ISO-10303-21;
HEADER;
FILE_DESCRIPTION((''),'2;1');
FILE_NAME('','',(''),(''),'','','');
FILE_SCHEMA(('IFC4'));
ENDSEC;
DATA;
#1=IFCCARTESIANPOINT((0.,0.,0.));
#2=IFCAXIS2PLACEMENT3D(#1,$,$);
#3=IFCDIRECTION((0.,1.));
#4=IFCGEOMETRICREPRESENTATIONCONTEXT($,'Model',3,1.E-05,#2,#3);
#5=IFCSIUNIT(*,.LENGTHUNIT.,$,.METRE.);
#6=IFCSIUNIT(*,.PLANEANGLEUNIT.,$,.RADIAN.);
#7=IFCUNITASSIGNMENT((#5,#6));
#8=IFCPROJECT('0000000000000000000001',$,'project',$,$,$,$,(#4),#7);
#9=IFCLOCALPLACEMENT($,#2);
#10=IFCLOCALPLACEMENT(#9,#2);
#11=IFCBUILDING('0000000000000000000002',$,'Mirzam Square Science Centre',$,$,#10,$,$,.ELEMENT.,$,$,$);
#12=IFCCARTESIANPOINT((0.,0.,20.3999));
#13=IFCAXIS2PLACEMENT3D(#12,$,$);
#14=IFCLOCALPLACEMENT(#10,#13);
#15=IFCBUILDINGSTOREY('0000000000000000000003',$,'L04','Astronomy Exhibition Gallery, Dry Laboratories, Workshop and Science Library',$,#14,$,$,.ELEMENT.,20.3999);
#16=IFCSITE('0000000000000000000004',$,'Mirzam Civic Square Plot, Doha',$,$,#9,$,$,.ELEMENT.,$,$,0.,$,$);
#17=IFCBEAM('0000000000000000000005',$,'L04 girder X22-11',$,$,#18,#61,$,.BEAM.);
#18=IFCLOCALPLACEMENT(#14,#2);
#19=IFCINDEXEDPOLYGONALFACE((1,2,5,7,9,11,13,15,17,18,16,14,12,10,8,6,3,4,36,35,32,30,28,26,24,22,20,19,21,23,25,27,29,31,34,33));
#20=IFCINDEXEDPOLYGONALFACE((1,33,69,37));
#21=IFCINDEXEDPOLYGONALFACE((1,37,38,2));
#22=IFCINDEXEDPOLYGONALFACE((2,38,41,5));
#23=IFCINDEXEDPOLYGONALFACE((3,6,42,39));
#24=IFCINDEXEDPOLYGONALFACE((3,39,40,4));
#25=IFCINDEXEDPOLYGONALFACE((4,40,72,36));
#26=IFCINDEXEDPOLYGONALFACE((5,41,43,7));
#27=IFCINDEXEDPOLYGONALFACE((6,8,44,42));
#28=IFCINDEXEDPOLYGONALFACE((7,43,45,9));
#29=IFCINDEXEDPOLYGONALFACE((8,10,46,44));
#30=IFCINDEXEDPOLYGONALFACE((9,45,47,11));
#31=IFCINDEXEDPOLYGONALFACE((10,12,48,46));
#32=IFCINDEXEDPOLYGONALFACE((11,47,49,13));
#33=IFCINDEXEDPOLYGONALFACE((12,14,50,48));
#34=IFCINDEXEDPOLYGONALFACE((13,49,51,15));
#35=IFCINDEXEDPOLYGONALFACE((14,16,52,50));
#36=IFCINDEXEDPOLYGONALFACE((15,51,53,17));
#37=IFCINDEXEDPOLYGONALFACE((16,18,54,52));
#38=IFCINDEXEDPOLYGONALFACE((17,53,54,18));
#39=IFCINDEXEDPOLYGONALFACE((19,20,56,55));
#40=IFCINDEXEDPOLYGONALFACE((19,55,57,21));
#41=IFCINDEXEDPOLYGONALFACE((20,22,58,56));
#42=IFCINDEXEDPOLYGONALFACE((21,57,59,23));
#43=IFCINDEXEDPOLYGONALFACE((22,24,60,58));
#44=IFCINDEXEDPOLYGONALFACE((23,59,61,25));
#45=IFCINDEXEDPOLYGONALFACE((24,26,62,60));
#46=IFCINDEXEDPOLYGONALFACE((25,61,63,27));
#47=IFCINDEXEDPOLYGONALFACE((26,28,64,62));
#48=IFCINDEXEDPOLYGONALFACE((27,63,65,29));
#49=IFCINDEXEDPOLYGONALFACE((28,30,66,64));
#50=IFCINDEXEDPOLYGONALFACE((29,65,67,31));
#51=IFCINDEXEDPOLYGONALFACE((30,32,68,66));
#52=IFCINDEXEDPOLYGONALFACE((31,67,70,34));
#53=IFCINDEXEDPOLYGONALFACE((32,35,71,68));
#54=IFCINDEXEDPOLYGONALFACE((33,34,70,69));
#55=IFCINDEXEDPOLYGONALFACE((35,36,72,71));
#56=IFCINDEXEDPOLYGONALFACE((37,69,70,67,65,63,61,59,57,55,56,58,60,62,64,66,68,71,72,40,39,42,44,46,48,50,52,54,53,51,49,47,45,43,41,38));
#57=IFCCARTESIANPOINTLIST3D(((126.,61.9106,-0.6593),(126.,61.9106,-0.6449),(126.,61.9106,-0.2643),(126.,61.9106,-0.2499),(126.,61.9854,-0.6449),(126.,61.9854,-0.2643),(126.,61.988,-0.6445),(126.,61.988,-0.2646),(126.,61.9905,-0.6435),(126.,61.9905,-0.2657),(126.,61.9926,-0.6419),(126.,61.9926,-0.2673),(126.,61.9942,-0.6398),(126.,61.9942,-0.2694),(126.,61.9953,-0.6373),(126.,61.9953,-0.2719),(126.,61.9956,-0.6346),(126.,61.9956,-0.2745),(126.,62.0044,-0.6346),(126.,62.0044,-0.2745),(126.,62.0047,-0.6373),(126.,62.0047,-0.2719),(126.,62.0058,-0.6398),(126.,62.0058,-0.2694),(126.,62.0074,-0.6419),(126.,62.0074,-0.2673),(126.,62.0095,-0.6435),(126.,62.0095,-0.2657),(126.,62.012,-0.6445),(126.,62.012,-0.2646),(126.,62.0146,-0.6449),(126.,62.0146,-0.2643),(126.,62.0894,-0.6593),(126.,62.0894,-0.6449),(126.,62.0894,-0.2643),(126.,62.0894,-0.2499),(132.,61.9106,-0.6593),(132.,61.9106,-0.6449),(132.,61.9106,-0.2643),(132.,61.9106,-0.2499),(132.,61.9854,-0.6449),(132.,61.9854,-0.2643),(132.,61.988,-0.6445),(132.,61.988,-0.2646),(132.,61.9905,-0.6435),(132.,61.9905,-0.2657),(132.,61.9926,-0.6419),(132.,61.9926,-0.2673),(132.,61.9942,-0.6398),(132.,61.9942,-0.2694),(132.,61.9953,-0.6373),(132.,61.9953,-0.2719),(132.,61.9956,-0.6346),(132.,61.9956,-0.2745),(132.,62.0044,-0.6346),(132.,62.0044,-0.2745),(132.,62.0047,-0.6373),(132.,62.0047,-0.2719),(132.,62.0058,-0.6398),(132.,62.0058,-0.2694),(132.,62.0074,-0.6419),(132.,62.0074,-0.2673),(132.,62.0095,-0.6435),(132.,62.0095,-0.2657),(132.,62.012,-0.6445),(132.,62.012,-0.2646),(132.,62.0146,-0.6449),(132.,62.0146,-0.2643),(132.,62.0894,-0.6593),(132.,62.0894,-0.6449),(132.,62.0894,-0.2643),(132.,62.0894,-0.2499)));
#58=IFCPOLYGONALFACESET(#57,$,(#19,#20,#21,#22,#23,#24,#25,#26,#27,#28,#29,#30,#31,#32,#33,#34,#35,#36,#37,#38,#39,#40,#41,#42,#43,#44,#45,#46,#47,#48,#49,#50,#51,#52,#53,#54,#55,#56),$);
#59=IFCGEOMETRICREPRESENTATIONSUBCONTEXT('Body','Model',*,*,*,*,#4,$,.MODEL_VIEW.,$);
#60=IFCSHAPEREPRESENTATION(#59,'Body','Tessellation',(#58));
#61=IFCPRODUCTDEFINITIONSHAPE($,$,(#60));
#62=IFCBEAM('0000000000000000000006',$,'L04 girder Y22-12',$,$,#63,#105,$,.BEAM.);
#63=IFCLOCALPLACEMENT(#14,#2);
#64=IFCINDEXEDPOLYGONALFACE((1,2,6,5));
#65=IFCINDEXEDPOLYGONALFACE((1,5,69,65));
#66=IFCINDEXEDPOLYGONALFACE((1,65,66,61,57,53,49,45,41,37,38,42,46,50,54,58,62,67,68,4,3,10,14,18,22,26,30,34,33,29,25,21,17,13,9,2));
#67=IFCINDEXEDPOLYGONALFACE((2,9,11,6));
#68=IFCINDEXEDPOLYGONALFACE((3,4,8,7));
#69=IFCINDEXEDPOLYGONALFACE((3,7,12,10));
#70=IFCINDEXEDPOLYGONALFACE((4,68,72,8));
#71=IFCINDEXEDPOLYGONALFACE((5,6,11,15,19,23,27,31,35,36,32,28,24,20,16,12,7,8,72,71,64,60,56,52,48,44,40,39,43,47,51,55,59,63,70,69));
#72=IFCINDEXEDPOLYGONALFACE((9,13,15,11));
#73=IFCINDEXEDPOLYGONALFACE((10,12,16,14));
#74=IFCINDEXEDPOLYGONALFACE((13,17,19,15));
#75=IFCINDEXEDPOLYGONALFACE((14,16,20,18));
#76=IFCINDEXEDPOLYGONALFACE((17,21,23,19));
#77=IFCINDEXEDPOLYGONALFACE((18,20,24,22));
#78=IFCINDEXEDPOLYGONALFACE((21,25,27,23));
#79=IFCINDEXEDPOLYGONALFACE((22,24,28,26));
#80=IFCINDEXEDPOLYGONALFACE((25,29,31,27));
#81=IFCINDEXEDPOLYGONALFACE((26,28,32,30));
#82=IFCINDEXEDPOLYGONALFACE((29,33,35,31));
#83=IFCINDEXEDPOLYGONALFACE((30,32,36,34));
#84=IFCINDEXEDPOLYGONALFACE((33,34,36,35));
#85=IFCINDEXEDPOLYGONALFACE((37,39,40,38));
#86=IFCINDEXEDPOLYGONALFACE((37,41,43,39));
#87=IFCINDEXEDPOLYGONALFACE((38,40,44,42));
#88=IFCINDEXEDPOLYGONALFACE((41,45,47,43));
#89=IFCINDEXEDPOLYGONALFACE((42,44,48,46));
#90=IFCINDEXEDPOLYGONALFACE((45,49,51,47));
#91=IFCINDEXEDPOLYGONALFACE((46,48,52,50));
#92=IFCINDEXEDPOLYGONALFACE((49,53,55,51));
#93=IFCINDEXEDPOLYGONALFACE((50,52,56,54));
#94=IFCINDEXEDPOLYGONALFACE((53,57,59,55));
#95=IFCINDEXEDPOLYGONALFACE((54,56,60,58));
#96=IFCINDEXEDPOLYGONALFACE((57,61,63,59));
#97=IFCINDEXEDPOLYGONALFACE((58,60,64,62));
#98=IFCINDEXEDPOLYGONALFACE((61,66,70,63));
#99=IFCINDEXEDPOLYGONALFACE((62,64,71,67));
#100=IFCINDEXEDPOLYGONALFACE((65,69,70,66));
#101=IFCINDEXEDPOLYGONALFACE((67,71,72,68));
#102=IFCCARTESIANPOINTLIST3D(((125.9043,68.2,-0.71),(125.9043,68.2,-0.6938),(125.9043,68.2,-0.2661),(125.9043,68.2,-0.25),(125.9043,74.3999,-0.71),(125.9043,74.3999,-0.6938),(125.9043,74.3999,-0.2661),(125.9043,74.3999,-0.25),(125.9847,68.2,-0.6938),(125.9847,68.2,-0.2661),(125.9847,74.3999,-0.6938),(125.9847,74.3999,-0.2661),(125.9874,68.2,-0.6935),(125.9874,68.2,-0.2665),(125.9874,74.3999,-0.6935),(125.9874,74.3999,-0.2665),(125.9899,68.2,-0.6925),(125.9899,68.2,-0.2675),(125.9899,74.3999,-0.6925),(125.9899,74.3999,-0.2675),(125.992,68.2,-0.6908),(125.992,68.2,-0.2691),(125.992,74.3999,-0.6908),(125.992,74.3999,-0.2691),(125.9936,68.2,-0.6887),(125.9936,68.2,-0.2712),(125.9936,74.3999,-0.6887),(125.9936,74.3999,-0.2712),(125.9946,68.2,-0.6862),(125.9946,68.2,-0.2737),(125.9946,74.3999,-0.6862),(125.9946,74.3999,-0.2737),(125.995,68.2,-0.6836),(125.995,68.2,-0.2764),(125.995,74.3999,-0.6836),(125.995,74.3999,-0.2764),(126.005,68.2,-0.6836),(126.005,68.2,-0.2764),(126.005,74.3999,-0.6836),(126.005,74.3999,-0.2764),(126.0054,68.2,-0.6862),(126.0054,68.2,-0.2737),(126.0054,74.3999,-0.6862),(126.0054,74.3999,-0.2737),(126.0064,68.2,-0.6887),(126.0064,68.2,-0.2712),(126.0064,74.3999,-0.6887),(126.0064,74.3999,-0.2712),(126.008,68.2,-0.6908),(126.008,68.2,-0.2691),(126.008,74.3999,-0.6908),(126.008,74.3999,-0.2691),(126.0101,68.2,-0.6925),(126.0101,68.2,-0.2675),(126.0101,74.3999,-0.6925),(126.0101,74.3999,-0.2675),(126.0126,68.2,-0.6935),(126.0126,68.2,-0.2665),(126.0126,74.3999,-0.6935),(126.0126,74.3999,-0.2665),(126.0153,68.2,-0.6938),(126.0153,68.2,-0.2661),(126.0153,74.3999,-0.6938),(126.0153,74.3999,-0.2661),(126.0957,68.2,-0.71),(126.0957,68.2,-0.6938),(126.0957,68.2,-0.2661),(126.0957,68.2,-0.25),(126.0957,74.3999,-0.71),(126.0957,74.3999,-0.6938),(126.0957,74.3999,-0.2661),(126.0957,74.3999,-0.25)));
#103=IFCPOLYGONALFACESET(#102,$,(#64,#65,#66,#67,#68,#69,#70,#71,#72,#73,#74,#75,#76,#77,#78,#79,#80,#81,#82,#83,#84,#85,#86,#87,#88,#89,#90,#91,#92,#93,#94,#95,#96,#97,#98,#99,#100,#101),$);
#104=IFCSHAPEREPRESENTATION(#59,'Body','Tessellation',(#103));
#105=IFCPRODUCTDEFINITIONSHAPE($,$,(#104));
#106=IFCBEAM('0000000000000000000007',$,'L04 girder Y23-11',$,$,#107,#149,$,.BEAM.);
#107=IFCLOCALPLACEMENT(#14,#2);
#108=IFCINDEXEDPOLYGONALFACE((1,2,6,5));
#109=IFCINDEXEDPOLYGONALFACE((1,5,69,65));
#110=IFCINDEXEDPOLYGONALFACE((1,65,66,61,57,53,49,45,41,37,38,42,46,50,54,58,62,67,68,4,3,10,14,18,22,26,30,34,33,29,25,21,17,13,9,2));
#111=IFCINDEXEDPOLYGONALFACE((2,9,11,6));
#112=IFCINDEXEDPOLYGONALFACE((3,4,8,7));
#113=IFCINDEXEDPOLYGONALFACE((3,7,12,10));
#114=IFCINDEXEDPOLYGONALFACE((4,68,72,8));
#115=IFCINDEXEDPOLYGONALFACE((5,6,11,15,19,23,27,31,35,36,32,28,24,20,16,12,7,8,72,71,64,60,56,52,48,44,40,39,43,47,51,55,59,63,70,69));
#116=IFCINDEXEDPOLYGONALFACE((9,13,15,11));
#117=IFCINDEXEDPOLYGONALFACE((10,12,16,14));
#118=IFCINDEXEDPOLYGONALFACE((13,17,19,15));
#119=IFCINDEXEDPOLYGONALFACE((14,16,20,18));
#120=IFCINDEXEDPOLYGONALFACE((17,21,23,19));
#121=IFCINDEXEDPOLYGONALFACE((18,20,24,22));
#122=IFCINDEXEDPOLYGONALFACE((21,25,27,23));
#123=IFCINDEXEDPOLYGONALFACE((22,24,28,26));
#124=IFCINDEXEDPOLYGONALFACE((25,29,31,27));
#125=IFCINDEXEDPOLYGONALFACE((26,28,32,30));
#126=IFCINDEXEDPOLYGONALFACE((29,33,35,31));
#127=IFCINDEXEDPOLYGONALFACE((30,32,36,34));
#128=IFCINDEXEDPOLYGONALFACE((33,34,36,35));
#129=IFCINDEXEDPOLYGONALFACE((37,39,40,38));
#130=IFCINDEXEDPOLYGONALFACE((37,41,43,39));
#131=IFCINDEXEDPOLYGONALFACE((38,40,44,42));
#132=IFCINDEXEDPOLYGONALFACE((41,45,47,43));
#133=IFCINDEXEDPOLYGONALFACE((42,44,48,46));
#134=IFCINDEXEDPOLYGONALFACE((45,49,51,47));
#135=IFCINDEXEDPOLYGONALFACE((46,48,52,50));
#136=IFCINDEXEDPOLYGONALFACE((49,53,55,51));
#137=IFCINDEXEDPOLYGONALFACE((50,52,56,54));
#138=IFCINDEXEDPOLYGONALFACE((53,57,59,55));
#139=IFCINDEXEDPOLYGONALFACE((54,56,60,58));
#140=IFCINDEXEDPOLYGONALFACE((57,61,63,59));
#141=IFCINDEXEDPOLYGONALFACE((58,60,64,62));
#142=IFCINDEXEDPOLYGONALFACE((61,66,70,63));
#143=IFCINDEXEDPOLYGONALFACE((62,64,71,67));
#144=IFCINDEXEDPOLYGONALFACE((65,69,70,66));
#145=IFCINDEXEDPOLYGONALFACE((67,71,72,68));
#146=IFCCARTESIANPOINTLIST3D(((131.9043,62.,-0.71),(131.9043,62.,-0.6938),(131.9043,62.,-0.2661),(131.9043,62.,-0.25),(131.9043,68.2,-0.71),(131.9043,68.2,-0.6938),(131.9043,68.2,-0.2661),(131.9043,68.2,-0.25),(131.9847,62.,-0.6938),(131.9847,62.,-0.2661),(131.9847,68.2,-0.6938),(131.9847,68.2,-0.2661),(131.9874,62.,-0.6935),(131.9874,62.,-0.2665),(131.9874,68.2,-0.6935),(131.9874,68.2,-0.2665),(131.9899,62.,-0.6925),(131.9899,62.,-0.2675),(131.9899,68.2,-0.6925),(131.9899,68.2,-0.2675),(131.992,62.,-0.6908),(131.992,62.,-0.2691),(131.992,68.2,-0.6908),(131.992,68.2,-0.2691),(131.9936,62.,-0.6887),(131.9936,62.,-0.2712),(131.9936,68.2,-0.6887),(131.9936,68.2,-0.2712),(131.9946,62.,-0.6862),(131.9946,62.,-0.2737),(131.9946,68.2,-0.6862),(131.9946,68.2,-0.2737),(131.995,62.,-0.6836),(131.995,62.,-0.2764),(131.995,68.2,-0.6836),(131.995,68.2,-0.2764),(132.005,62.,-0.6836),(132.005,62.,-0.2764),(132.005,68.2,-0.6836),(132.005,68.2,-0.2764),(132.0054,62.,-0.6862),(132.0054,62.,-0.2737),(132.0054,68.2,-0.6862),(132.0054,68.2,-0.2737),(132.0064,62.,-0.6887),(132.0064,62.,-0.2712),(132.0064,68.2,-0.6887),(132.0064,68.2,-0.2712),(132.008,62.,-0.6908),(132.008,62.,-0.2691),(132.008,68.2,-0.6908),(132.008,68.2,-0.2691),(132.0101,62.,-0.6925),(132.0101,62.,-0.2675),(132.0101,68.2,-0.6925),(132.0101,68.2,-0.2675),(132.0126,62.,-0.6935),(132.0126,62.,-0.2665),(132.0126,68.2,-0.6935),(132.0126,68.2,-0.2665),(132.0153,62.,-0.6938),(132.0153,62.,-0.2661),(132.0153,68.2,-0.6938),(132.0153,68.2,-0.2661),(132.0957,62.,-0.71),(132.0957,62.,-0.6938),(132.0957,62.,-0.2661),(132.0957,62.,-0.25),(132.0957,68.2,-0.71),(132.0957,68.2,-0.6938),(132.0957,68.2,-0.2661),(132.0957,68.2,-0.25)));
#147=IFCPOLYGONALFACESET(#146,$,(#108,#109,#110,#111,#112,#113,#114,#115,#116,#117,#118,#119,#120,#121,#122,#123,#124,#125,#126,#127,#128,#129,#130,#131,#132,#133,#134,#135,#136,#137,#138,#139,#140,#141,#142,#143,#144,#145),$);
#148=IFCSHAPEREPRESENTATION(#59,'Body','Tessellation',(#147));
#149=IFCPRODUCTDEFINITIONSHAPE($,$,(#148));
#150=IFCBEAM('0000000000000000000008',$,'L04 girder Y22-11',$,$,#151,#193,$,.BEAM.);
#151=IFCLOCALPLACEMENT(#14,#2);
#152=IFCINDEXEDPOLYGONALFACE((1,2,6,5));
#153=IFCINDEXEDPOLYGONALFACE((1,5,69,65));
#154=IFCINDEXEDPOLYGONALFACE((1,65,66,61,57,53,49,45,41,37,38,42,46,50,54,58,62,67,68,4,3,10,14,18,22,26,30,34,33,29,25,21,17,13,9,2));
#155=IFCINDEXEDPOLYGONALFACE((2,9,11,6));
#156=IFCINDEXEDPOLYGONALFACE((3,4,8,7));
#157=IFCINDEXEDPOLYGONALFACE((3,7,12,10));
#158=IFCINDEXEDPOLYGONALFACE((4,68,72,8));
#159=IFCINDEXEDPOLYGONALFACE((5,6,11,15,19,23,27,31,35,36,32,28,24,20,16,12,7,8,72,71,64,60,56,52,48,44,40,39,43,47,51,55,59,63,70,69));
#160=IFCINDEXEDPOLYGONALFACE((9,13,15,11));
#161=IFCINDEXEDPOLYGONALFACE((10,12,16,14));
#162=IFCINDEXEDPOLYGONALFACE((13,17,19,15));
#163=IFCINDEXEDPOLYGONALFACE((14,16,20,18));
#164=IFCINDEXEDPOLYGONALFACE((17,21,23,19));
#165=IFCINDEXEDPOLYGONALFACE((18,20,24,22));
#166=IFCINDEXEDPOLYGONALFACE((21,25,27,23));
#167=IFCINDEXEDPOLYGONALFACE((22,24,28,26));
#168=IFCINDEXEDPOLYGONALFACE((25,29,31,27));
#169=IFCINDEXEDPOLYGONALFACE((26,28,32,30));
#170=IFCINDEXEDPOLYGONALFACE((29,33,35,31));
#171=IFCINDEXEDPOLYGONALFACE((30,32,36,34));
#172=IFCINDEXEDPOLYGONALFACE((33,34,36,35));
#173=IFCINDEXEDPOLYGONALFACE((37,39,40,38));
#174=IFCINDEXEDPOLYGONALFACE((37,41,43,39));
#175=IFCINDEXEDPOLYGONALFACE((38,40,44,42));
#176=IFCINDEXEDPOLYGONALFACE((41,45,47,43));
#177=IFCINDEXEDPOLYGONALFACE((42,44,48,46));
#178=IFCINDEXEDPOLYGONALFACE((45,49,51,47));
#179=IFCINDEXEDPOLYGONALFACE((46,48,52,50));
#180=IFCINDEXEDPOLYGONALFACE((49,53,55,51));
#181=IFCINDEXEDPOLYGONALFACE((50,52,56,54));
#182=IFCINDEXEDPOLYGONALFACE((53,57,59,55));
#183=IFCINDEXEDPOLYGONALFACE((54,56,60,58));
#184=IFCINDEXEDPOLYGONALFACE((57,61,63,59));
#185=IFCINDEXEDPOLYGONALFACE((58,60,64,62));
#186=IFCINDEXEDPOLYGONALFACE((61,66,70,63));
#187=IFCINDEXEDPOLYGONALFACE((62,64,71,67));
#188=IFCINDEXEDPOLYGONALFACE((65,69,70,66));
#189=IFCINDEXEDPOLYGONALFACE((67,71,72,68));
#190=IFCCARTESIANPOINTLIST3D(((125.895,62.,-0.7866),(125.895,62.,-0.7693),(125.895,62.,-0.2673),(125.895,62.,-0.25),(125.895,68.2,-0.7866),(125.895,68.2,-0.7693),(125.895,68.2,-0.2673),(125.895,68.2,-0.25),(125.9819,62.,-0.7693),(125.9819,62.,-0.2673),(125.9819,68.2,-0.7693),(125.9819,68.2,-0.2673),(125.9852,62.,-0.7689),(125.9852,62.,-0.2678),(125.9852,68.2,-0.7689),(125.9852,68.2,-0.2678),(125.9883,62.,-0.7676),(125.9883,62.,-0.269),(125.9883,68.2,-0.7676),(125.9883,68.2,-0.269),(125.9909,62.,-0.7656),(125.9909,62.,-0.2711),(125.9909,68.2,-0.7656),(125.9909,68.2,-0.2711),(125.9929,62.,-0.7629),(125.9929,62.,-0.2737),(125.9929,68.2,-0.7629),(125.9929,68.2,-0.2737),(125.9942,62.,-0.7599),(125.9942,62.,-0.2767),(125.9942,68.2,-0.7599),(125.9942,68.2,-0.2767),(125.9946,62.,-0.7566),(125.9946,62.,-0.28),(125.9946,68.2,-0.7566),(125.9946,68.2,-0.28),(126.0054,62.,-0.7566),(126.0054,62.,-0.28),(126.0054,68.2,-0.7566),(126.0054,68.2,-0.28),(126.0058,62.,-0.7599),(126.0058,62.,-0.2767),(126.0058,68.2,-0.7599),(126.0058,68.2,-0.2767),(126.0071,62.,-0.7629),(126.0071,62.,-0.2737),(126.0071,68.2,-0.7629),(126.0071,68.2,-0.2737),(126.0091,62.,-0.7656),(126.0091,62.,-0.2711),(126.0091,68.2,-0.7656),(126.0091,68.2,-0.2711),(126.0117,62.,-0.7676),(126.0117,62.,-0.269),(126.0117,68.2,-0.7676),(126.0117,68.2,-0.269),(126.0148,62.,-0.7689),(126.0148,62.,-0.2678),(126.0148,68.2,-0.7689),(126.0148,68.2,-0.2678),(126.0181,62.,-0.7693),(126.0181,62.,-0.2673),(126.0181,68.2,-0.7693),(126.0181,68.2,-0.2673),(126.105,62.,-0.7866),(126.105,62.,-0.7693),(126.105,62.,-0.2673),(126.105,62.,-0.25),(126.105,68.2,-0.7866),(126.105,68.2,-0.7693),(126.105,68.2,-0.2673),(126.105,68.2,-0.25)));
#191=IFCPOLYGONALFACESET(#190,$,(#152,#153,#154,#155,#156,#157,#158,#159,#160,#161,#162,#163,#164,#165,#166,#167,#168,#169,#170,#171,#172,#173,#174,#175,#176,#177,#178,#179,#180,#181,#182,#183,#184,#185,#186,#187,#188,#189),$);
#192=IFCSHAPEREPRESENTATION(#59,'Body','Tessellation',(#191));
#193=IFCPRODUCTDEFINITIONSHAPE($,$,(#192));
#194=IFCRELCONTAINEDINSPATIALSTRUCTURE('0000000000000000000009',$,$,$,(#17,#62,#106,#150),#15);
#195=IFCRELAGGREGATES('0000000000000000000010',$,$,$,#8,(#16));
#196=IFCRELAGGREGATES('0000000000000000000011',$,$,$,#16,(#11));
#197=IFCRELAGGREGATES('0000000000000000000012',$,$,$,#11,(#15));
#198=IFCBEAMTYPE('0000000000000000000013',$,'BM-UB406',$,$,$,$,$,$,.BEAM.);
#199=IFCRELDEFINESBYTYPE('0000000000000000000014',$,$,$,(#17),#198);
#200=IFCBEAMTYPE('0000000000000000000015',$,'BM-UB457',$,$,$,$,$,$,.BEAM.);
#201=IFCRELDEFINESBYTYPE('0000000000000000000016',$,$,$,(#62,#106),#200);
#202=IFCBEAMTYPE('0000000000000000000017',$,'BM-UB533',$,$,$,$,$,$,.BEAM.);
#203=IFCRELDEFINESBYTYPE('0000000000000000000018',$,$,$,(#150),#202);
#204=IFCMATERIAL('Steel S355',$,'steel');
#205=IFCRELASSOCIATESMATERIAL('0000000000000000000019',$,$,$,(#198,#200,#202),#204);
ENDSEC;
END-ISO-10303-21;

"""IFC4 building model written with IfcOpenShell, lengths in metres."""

from ifc_helpers import new_model, si_unit, direction, frame, origin, origin_2d, place, context, subcontext, project, spatial, i_section, extrude, material, material_profile, profile_set, type_object, element, save


model = new_model("IFC4")

# Units and contexts
model_context = context("Model", 3, precision=1e-05, world=origin(), true_north=direction((0.0, 1.0)))
body_context = subcontext(model_context, "Body", "Model", "MODEL_VIEW")
ifc_project = project(units=[si_unit("LENGTHUNIT", "METRE"), si_unit("PLANEANGLEUNIT", "RADIAN")], contexts=[model_context])

# Site, building, storey
site_placement = place(None, origin())
site = spatial("IfcSite", under=ifc_project, at=site_placement, Name="Mirzam Civic Square Plot, Doha", CompositionType="ELEMENT", RefElevation=0.0)
building_placement = place(site_placement, origin())
building = spatial("IfcBuilding", under=site, at=building_placement, Name="Mirzam Square Science Centre", CompositionType="ELEMENT")
storey_placement = place(building_placement, frame((0.0, 0.0, 20.3999)))
storey = spatial("IfcBuildingStorey", under=building, at=storey_placement, Name="L04", Description="Astronomy Exhibition Gallery, Dry Laboratories, Workshop and Science Library", CompositionType="ELEMENT", Elevation=20.3999)

# Shared definitions
ifc_material = material(Name="Steel S355", Category="steel")

# Beams
ifc_material_profile_1 = material_profile(ifc_material, i_section(OverallWidth=0.1787, OverallDepth=0.4094, WebThickness=0.0088, FlangeThickness=0.0144, FilletRadius=0.0103, at=origin_2d()), Name="406x178x67UB")
ifc_profile_set_1 = profile_set([ifc_material_profile_1], Name="Steel S355")
beam_type_1 = type_object("IfcBeamType", Name="BM-UB406", PredefinedType="BEAM", material=ifc_profile_set_1)
beam_1_placement = place(storey_placement, frame((126.0, 62.0, -0.4546), z_axis=(1.0, 0.0, 0.0), x_axis=(0.0, 1.0, 0.0)))
element("IfcBeam", 1, at=beam_1_placement, inside=storey, type_object=beam_type_1, Name="L04 girder X22-11", PredefinedType="BEAM", context=body_context, shape_type="SweptSolid", body=[
    extrude(i_section(OverallWidth=0.1787, OverallDepth=0.4094, WebThickness=0.0088, FlangeThickness=0.0144, FilletRadius=0.0103, at=origin_2d()), origin(), (0.0, 0.0, 1.0), 6.0),
])
ifc_material_profile_2 = material_profile(ifc_material, i_section(OverallWidth=0.1914, OverallDepth=0.46, WebThickness=0.01, FlangeThickness=0.0161, FilletRadius=0.0103, at=origin_2d()), Name="457x191x82UB")
ifc_profile_set_2 = profile_set([ifc_material_profile_2], Name="Steel S355")
beam_type_2 = type_object("IfcBeamType", Name="BM-UB457", PredefinedType="BEAM", material=ifc_profile_set_2)
for number, where, z_axis, x_axis, name in (
    (2, (126.0, 68.2, -0.48), (0.0, 1.0, 0.0), (-1.0, 0.0, 0.0), "L04 girder Y22-12"),
    (3, (132.0, 62.0, -0.48), (0.0, 1.0, 0.0), (-1.0, 0.0, 0.0), "L04 girder Y23-11"),
):
    element("IfcBeam", number, at=place(storey_placement, frame(where, z_axis=z_axis, x_axis=x_axis)), inside=storey, type_object=beam_type_2, Name=name, PredefinedType="BEAM", context=body_context, shape_type="SweptSolid", body=[
        extrude(i_section(OverallWidth=0.1914, OverallDepth=0.46, WebThickness=0.01, FlangeThickness=0.0161, FilletRadius=0.0103, at=origin_2d()), origin(), (0.0, 0.0, 1.0), 6.2),
    ])
ifc_material_profile_3 = material_profile(ifc_material, i_section(OverallWidth=0.21, OverallDepth=0.5366, WebThickness=0.0107, FlangeThickness=0.0173, FilletRadius=0.0127, at=origin_2d()), Name="533x210x101UB")
ifc_profile_set_3 = profile_set([ifc_material_profile_3], Name="Steel S355")
beam_type_3 = type_object("IfcBeamType", Name="BM-UB533", PredefinedType="BEAM", material=ifc_profile_set_3)
beam_2_placement = place(storey_placement, frame((126.0, 62.0, -0.5183), z_axis=(0.0, 1.0, 0.0), x_axis=(-1.0, 0.0, 0.0)))
element("IfcBeam", 4, at=beam_2_placement, inside=storey, type_object=beam_type_3, Name="L04 girder Y22-11", PredefinedType="BEAM", context=body_context, shape_type="SweptSolid", body=[
    extrude(i_section(OverallWidth=0.21, OverallDepth=0.5366, WebThickness=0.0107, FlangeThickness=0.0173, FilletRadius=0.0127, at=origin_2d()), origin(), (0.0, 0.0, 1.0), 6.2),
])

save(model, "model.ifc")
